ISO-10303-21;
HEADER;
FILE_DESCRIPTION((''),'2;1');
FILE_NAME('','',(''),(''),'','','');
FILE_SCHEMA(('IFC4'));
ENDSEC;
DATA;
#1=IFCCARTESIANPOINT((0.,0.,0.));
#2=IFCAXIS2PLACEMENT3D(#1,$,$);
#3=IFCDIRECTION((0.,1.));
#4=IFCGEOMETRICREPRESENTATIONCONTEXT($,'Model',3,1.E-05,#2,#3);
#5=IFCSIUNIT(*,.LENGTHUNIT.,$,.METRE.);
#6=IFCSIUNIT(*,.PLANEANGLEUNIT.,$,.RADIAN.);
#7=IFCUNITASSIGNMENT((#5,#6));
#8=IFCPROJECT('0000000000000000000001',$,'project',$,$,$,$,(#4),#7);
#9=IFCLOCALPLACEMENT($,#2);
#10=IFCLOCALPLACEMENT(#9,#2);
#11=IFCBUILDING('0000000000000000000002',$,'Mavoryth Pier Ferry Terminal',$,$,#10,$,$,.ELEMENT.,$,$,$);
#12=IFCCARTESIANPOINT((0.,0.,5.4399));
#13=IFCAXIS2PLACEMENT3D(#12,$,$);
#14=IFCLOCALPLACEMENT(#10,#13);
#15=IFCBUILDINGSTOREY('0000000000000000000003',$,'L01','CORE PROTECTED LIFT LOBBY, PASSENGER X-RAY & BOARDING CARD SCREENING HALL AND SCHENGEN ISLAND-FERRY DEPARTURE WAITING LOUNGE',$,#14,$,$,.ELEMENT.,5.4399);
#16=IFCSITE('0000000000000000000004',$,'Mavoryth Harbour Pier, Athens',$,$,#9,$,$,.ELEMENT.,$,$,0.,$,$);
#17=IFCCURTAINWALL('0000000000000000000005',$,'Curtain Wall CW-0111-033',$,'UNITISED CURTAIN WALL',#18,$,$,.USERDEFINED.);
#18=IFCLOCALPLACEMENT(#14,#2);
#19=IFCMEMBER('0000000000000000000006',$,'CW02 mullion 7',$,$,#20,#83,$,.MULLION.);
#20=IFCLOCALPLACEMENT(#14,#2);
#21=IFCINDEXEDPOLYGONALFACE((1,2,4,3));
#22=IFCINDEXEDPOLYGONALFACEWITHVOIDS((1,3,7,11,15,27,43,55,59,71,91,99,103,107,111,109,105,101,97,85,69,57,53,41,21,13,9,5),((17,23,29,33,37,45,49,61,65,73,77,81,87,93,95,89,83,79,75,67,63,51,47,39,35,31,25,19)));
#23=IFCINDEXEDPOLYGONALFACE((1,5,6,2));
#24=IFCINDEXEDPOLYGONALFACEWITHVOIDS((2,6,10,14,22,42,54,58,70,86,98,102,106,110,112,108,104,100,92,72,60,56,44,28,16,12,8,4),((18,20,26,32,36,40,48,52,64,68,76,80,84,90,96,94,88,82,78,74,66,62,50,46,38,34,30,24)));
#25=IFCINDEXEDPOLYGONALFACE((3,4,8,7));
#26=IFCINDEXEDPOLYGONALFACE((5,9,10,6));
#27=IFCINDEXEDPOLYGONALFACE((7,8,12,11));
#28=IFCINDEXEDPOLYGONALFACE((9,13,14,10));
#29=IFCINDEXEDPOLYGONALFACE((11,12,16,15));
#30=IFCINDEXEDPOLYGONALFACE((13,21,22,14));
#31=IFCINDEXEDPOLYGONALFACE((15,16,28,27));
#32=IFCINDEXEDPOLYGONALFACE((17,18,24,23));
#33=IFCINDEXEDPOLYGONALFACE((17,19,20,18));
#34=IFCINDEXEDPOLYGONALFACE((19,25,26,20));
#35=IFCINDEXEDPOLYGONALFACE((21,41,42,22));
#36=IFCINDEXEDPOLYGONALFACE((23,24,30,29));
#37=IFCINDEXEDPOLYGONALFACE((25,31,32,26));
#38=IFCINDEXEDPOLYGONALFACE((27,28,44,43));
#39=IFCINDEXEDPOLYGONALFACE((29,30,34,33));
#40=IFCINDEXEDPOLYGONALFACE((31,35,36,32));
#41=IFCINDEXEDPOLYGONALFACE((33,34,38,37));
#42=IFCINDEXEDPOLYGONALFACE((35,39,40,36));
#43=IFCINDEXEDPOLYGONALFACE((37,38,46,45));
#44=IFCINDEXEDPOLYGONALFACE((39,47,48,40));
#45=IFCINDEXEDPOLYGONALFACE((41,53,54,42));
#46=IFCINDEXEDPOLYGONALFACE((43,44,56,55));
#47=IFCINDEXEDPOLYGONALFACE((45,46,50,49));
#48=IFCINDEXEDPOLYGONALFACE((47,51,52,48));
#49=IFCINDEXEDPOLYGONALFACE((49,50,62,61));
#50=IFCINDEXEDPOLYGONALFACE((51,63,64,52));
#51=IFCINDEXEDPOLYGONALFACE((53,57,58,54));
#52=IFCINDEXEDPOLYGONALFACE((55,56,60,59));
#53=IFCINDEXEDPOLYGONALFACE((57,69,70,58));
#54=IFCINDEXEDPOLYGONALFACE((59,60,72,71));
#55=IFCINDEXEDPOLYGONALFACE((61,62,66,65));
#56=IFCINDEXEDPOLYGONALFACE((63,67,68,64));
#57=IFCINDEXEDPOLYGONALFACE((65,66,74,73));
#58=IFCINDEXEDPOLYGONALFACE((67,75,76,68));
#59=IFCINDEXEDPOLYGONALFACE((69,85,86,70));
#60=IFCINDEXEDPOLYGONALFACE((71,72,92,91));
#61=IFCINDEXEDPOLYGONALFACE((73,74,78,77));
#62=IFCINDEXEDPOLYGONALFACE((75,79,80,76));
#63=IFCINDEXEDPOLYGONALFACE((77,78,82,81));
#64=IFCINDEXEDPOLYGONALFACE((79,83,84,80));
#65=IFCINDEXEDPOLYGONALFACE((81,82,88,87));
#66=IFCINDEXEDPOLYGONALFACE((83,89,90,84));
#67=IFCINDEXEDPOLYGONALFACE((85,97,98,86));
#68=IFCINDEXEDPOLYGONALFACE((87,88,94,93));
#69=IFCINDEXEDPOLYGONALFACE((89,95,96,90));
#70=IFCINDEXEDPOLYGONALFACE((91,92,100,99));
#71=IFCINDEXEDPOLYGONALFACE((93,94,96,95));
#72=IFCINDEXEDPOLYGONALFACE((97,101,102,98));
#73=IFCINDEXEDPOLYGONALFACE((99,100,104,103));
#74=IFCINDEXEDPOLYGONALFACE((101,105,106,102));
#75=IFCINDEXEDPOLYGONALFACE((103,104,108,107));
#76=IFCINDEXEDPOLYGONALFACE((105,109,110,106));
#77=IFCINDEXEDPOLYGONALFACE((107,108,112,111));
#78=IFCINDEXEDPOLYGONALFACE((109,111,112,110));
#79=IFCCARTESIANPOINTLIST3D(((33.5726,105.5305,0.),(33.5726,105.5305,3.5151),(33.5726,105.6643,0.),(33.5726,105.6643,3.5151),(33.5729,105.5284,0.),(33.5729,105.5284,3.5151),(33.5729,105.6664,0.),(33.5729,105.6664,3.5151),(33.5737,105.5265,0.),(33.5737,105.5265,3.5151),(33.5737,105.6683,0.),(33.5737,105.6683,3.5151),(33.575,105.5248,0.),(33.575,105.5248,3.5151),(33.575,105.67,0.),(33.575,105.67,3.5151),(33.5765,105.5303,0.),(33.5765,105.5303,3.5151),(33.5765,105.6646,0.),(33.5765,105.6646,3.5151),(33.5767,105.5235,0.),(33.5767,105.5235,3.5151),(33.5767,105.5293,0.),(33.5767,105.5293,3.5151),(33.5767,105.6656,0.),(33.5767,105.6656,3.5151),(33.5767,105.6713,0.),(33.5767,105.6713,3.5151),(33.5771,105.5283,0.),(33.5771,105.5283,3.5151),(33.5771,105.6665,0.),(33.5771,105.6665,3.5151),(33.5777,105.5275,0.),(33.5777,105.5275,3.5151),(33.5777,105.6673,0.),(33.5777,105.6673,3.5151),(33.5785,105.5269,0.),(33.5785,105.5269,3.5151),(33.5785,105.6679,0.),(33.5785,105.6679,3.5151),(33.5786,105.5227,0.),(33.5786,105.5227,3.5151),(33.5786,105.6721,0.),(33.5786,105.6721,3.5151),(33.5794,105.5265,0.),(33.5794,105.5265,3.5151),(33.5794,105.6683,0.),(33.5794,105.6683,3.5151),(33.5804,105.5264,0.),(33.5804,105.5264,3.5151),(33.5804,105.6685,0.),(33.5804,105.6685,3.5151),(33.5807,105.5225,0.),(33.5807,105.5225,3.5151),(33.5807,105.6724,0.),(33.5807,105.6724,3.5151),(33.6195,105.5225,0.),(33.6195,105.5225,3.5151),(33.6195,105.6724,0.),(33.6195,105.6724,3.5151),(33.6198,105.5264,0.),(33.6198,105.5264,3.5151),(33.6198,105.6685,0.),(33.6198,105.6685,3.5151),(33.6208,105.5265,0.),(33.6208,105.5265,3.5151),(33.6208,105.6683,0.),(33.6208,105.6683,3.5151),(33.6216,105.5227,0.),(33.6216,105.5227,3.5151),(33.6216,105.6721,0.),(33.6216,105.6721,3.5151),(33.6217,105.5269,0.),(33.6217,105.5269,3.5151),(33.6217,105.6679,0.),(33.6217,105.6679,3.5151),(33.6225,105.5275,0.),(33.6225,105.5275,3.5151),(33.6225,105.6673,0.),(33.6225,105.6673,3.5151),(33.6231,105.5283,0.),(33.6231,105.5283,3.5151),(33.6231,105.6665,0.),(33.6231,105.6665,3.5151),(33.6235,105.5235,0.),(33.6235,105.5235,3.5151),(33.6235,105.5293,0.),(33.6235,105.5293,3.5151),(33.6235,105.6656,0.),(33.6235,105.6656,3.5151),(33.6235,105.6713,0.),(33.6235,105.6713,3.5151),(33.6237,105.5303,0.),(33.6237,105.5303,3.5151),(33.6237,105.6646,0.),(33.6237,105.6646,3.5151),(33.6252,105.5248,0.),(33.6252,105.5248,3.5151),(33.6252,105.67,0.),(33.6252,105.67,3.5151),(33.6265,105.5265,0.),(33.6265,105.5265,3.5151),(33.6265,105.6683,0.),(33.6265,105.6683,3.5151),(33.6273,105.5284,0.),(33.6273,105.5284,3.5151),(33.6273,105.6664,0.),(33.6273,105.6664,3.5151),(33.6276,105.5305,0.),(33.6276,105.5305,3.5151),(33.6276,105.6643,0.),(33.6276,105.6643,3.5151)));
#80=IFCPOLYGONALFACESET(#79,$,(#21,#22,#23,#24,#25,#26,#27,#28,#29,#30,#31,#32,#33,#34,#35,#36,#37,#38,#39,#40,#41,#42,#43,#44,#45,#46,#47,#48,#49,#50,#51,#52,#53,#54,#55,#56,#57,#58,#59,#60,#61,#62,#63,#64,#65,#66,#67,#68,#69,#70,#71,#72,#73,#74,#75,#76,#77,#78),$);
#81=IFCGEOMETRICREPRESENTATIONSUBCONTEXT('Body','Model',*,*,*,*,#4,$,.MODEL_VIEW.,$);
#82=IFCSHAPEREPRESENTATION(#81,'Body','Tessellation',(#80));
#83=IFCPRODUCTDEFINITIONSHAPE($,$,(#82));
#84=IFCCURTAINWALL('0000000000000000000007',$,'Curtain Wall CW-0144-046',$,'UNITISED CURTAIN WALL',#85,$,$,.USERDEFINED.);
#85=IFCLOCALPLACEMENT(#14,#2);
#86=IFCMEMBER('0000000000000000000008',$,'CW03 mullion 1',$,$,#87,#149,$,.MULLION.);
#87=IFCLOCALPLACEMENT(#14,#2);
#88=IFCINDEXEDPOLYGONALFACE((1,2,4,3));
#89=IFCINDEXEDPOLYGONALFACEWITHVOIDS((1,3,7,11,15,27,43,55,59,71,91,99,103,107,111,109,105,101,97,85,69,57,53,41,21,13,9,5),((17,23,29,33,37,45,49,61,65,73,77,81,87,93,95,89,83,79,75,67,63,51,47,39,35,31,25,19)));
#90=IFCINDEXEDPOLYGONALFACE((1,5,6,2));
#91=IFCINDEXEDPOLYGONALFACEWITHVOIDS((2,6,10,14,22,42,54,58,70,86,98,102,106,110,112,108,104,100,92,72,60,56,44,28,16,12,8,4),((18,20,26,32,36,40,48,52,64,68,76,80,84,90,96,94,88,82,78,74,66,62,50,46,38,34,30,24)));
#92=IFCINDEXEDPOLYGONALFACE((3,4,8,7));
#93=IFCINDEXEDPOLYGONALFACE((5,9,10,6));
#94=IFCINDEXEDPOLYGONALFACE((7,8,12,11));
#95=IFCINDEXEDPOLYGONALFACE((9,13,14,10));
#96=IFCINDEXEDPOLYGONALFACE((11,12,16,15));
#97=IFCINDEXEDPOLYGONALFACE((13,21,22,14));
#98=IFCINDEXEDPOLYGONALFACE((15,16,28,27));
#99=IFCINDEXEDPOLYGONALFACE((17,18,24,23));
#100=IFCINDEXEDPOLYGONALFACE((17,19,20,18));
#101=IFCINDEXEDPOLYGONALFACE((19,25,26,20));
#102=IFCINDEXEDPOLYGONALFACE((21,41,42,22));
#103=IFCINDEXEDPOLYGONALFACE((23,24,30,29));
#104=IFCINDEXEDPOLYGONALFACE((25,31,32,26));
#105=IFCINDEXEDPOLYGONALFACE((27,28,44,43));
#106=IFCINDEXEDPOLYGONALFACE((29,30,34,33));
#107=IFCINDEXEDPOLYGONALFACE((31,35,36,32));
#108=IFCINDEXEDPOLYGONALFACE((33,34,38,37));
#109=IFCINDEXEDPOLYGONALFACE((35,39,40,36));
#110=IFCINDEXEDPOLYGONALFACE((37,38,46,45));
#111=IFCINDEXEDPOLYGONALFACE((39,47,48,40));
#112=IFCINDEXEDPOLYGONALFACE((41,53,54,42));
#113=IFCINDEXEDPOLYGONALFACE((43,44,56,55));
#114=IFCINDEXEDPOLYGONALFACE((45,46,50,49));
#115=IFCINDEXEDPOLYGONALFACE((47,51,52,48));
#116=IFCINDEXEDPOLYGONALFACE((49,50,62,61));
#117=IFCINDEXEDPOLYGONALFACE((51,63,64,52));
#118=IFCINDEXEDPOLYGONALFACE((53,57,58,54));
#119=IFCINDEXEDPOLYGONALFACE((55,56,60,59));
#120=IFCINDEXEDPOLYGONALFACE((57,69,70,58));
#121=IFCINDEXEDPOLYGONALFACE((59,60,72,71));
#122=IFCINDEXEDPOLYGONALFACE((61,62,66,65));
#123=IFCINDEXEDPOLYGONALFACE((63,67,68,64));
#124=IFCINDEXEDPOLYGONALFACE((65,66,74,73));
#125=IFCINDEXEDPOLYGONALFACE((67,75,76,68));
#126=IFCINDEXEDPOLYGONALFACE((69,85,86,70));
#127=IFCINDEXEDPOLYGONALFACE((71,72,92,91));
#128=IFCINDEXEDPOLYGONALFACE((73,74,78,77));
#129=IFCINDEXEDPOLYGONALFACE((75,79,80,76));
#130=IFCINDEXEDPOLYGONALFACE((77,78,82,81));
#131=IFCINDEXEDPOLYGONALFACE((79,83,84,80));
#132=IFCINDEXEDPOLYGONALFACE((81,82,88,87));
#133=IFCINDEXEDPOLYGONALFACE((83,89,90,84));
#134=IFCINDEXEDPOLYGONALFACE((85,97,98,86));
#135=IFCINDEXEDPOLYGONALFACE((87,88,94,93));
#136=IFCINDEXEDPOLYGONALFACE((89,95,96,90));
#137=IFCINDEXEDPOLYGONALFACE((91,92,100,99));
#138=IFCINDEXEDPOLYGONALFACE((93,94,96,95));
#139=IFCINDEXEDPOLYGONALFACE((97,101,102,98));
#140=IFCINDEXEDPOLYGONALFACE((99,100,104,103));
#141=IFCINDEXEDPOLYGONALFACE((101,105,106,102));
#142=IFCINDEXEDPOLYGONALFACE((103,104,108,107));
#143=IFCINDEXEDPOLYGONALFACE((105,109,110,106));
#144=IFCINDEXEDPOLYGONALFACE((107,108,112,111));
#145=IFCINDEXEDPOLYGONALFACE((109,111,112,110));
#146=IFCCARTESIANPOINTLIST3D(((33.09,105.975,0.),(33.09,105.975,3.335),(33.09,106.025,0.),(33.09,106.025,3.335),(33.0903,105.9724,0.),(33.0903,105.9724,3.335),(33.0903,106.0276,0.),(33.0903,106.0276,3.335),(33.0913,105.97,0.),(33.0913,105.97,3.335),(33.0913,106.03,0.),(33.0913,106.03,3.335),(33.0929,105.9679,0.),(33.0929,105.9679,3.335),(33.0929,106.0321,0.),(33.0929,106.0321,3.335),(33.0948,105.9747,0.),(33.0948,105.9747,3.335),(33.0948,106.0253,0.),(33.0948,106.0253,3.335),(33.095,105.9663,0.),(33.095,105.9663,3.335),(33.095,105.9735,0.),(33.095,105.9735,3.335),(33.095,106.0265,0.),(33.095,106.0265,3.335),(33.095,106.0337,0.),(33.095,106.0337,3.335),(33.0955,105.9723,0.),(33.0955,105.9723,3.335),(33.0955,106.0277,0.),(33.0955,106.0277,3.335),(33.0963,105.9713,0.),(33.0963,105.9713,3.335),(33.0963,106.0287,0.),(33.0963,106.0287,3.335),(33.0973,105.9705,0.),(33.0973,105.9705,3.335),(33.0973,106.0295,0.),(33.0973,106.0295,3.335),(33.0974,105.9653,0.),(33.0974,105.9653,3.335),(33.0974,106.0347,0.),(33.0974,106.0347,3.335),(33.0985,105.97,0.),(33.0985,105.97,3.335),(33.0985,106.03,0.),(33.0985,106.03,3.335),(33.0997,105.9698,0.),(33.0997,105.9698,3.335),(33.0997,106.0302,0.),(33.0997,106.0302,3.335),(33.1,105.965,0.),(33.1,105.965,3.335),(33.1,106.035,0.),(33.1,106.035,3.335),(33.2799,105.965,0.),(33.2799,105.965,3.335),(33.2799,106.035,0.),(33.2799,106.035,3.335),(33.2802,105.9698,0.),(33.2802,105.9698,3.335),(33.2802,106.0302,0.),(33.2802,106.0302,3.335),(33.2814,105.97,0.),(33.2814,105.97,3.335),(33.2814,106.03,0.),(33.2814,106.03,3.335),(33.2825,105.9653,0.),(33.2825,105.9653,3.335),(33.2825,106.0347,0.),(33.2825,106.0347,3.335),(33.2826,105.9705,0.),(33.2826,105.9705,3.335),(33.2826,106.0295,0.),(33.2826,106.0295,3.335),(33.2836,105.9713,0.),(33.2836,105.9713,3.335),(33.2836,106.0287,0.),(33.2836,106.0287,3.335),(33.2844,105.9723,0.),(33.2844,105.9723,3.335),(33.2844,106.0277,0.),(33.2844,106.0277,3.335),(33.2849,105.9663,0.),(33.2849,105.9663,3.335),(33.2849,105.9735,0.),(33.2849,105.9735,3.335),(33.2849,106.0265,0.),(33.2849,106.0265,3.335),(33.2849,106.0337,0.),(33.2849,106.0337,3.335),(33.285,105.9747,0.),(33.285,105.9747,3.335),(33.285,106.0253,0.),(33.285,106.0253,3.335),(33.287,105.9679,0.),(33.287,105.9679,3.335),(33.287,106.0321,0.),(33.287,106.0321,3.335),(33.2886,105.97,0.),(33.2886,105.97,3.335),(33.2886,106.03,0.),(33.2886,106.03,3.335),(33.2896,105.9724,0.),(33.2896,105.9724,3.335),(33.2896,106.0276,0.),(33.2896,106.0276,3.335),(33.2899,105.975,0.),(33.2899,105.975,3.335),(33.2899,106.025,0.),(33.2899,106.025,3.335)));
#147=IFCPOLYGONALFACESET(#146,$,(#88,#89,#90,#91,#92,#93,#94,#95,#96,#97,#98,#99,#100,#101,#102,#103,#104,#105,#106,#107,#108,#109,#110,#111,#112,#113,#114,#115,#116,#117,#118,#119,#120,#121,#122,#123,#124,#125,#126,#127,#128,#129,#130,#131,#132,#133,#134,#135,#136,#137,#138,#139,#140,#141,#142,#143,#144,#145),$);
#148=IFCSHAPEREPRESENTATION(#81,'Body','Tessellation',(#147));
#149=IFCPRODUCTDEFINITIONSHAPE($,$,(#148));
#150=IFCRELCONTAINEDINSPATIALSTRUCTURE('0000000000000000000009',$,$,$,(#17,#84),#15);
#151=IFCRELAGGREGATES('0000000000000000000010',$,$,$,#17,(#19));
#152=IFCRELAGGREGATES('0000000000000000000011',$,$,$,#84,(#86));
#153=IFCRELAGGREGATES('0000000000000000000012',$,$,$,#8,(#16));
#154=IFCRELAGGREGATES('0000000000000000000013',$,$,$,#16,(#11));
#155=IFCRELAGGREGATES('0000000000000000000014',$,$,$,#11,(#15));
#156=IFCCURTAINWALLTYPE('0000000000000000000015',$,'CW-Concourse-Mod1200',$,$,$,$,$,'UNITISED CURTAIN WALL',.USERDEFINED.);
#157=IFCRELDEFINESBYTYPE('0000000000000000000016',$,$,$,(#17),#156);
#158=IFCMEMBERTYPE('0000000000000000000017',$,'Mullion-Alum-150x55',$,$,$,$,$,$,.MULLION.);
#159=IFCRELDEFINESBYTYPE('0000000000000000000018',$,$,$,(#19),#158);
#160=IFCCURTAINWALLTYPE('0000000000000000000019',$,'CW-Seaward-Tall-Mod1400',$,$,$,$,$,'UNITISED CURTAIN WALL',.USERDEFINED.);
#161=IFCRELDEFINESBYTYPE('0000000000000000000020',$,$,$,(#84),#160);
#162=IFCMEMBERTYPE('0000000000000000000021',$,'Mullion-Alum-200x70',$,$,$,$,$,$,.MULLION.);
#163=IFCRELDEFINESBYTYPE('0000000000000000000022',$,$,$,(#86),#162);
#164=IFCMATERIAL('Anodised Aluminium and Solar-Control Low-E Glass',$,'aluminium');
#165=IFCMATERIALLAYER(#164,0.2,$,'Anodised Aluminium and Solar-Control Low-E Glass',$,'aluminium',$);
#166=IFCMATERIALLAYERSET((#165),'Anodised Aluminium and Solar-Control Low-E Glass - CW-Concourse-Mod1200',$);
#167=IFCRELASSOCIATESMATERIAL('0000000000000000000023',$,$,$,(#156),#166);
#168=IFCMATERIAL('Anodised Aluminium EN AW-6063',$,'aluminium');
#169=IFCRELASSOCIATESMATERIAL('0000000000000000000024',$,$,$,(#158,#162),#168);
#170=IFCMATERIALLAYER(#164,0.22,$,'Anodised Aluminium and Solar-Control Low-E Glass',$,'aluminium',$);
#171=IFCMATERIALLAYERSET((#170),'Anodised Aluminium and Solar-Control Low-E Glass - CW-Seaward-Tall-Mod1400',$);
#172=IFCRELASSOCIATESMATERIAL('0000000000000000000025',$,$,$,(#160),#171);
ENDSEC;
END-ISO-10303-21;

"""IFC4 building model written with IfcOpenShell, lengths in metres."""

from ifc_helpers import new_model, si_unit, direction, frame, origin, origin_2d, place, context, subcontext, project, spatial, hollow_rectangle, extrude, material, layer, layer_set, material_profile, profile_set, type_object, element, aggregate, save


model = new_model("IFC4")

# Units and contexts
model_context = context("Model", 3, precision=1e-05, world=origin(), true_north=direction((0.0, 1.0)))
body_context = subcontext(model_context, "Body", "Model", "MODEL_VIEW")
ifc_project = project(units=[si_unit("LENGTHUNIT", "METRE"), si_unit("PLANEANGLEUNIT", "RADIAN")], contexts=[model_context])

# Site, building, storey
site_placement = place(None, origin())
site = spatial("IfcSite", under=ifc_project, at=site_placement, Name="Mavoryth Harbour Pier, Athens", CompositionType="ELEMENT", RefElevation=0.0)
building_placement = place(site_placement, origin())
building = spatial("IfcBuilding", under=site, at=building_placement, Name="Mavoryth Pier Ferry Terminal", CompositionType="ELEMENT")
storey_placement = place(building_placement, frame((0.0, 0.0, 5.4399)))
storey = spatial("IfcBuildingStorey", under=building, at=storey_placement, Name="L01", Description="CORE PROTECTED LIFT LOBBY, PASSENGER X-RAY & BOARDING CARD SCREENING HALL AND SCHENGEN ISLAND-FERRY DEPARTURE WAITING LOUNGE", CompositionType="ELEMENT", Elevation=5.4399)

# Curtain walls, members
ifc_material_1 = material(Name="Anodised Aluminium and Solar-Control Low-E Glass", Category="aluminium")
ifc_layer_1 = layer(ifc_material_1, 0.2, Name="Anodised Aluminium and Solar-Control Low-E Glass", Category="aluminium")
ifc_layer_set_1 = layer_set([ifc_layer_1], Name="Anodised Aluminium and Solar-Control Low-E Glass - CW-Concourse-Mod1200")
curtain_wall_type_1 = type_object("IfcCurtainWallType", Name="CW-Concourse-Mod1200", ElementType="UNITISED CURTAIN WALL", PredefinedType="USERDEFINED", material=ifc_layer_set_1)
curtain_wall_1_placement = place(storey_placement, origin())
curtain_wall_1 = element("IfcCurtainWall", 1, at=curtain_wall_1_placement, inside=storey, type_object=curtain_wall_type_1, Name="Curtain Wall CW-0111-033", ObjectType="UNITISED CURTAIN WALL", PredefinedType="USERDEFINED")
ifc_material_2 = material(Name="Anodised Aluminium EN AW-6063", Category="aluminium")
ifc_material_profile_1 = material_profile(ifc_material_2, hollow_rectangle(XDim=0.0549, YDim=0.1499, WallThickness=0.0039, InnerFilletRadius=0.0039, OuterFilletRadius=0.0081, at=origin_2d()), Name="AL-MULL 150x55x4", Category="aluminium")
ifc_profile_set_1 = profile_set([ifc_material_profile_1], Name="Anodised Aluminium EN AW-6063 - AL-MULL 150x55x4")
member_type_1 = type_object("IfcMemberType", Name="Mullion-Alum-150x55", PredefinedType="MULLION", material=ifc_profile_set_1)
member_1_placement = place(storey_placement, frame((33.6001, 105.5974, 0.0), z_axis=(0.0, 0.0, 1.0), x_axis=(-1.0, 0.0, 0.0)))
member_1 = element("IfcMember", 2, at=member_1_placement, type_object=member_type_1, Name="CW02 mullion 7", PredefinedType="MULLION", context=body_context, shape_type="SweptSolid", body=[
    extrude(hollow_rectangle(XDim=0.0549, YDim=0.1499, WallThickness=0.0039, InnerFilletRadius=0.0039, OuterFilletRadius=0.0081, at=origin_2d()), origin(), (0.0, 0.0, 1.0), 3.5151),
])
ifc_layer_2 = layer(ifc_material_1, 0.22, Name="Anodised Aluminium and Solar-Control Low-E Glass", Category="aluminium")
ifc_layer_set_2 = layer_set([ifc_layer_2], Name="Anodised Aluminium and Solar-Control Low-E Glass - CW-Seaward-Tall-Mod1400")
curtain_wall_type_2 = type_object("IfcCurtainWallType", Name="CW-Seaward-Tall-Mod1400", ElementType="UNITISED CURTAIN WALL", PredefinedType="USERDEFINED", material=ifc_layer_set_2)
curtain_wall_2_placement = place(storey_placement, origin())
curtain_wall_2 = element("IfcCurtainWall", 3, at=curtain_wall_2_placement, inside=storey, type_object=curtain_wall_type_2, Name="Curtain Wall CW-0144-046", ObjectType="UNITISED CURTAIN WALL", PredefinedType="USERDEFINED")
ifc_material_profile_2 = material_profile(ifc_material_2, hollow_rectangle(XDim=0.0701, YDim=0.2, WallThickness=0.0049, InnerFilletRadius=0.0049, OuterFilletRadius=0.01, at=origin_2d()), Name="AL-MULL 200x70x5", Category="aluminium")
ifc_profile_set_2 = profile_set([ifc_material_profile_2], Name="Anodised Aluminium EN AW-6063 - AL-MULL 200x70x5")
member_type_2 = type_object("IfcMemberType", Name="Mullion-Alum-200x70", PredefinedType="MULLION", material=ifc_profile_set_2)
member_2_placement = place(storey_placement, frame((33.1899, 106.0, 0.0), z_axis=(0.0, 0.0, 1.0), x_axis=(0.0, -1.0, 0.0)))
member_2 = element("IfcMember", 4, at=member_2_placement, type_object=member_type_2, Name="CW03 mullion 1", PredefinedType="MULLION", context=body_context, shape_type="SweptSolid", body=[
    extrude(hollow_rectangle(XDim=0.0701, YDim=0.2, WallThickness=0.0049, InnerFilletRadius=0.0049, OuterFilletRadius=0.01, at=origin_2d()), origin(), (0.0, 0.0, 1.0), 3.335),
])

aggregate(curtain_wall_1, [member_1])
aggregate(curtain_wall_2, [member_2])

save(model, "model.ifc")
